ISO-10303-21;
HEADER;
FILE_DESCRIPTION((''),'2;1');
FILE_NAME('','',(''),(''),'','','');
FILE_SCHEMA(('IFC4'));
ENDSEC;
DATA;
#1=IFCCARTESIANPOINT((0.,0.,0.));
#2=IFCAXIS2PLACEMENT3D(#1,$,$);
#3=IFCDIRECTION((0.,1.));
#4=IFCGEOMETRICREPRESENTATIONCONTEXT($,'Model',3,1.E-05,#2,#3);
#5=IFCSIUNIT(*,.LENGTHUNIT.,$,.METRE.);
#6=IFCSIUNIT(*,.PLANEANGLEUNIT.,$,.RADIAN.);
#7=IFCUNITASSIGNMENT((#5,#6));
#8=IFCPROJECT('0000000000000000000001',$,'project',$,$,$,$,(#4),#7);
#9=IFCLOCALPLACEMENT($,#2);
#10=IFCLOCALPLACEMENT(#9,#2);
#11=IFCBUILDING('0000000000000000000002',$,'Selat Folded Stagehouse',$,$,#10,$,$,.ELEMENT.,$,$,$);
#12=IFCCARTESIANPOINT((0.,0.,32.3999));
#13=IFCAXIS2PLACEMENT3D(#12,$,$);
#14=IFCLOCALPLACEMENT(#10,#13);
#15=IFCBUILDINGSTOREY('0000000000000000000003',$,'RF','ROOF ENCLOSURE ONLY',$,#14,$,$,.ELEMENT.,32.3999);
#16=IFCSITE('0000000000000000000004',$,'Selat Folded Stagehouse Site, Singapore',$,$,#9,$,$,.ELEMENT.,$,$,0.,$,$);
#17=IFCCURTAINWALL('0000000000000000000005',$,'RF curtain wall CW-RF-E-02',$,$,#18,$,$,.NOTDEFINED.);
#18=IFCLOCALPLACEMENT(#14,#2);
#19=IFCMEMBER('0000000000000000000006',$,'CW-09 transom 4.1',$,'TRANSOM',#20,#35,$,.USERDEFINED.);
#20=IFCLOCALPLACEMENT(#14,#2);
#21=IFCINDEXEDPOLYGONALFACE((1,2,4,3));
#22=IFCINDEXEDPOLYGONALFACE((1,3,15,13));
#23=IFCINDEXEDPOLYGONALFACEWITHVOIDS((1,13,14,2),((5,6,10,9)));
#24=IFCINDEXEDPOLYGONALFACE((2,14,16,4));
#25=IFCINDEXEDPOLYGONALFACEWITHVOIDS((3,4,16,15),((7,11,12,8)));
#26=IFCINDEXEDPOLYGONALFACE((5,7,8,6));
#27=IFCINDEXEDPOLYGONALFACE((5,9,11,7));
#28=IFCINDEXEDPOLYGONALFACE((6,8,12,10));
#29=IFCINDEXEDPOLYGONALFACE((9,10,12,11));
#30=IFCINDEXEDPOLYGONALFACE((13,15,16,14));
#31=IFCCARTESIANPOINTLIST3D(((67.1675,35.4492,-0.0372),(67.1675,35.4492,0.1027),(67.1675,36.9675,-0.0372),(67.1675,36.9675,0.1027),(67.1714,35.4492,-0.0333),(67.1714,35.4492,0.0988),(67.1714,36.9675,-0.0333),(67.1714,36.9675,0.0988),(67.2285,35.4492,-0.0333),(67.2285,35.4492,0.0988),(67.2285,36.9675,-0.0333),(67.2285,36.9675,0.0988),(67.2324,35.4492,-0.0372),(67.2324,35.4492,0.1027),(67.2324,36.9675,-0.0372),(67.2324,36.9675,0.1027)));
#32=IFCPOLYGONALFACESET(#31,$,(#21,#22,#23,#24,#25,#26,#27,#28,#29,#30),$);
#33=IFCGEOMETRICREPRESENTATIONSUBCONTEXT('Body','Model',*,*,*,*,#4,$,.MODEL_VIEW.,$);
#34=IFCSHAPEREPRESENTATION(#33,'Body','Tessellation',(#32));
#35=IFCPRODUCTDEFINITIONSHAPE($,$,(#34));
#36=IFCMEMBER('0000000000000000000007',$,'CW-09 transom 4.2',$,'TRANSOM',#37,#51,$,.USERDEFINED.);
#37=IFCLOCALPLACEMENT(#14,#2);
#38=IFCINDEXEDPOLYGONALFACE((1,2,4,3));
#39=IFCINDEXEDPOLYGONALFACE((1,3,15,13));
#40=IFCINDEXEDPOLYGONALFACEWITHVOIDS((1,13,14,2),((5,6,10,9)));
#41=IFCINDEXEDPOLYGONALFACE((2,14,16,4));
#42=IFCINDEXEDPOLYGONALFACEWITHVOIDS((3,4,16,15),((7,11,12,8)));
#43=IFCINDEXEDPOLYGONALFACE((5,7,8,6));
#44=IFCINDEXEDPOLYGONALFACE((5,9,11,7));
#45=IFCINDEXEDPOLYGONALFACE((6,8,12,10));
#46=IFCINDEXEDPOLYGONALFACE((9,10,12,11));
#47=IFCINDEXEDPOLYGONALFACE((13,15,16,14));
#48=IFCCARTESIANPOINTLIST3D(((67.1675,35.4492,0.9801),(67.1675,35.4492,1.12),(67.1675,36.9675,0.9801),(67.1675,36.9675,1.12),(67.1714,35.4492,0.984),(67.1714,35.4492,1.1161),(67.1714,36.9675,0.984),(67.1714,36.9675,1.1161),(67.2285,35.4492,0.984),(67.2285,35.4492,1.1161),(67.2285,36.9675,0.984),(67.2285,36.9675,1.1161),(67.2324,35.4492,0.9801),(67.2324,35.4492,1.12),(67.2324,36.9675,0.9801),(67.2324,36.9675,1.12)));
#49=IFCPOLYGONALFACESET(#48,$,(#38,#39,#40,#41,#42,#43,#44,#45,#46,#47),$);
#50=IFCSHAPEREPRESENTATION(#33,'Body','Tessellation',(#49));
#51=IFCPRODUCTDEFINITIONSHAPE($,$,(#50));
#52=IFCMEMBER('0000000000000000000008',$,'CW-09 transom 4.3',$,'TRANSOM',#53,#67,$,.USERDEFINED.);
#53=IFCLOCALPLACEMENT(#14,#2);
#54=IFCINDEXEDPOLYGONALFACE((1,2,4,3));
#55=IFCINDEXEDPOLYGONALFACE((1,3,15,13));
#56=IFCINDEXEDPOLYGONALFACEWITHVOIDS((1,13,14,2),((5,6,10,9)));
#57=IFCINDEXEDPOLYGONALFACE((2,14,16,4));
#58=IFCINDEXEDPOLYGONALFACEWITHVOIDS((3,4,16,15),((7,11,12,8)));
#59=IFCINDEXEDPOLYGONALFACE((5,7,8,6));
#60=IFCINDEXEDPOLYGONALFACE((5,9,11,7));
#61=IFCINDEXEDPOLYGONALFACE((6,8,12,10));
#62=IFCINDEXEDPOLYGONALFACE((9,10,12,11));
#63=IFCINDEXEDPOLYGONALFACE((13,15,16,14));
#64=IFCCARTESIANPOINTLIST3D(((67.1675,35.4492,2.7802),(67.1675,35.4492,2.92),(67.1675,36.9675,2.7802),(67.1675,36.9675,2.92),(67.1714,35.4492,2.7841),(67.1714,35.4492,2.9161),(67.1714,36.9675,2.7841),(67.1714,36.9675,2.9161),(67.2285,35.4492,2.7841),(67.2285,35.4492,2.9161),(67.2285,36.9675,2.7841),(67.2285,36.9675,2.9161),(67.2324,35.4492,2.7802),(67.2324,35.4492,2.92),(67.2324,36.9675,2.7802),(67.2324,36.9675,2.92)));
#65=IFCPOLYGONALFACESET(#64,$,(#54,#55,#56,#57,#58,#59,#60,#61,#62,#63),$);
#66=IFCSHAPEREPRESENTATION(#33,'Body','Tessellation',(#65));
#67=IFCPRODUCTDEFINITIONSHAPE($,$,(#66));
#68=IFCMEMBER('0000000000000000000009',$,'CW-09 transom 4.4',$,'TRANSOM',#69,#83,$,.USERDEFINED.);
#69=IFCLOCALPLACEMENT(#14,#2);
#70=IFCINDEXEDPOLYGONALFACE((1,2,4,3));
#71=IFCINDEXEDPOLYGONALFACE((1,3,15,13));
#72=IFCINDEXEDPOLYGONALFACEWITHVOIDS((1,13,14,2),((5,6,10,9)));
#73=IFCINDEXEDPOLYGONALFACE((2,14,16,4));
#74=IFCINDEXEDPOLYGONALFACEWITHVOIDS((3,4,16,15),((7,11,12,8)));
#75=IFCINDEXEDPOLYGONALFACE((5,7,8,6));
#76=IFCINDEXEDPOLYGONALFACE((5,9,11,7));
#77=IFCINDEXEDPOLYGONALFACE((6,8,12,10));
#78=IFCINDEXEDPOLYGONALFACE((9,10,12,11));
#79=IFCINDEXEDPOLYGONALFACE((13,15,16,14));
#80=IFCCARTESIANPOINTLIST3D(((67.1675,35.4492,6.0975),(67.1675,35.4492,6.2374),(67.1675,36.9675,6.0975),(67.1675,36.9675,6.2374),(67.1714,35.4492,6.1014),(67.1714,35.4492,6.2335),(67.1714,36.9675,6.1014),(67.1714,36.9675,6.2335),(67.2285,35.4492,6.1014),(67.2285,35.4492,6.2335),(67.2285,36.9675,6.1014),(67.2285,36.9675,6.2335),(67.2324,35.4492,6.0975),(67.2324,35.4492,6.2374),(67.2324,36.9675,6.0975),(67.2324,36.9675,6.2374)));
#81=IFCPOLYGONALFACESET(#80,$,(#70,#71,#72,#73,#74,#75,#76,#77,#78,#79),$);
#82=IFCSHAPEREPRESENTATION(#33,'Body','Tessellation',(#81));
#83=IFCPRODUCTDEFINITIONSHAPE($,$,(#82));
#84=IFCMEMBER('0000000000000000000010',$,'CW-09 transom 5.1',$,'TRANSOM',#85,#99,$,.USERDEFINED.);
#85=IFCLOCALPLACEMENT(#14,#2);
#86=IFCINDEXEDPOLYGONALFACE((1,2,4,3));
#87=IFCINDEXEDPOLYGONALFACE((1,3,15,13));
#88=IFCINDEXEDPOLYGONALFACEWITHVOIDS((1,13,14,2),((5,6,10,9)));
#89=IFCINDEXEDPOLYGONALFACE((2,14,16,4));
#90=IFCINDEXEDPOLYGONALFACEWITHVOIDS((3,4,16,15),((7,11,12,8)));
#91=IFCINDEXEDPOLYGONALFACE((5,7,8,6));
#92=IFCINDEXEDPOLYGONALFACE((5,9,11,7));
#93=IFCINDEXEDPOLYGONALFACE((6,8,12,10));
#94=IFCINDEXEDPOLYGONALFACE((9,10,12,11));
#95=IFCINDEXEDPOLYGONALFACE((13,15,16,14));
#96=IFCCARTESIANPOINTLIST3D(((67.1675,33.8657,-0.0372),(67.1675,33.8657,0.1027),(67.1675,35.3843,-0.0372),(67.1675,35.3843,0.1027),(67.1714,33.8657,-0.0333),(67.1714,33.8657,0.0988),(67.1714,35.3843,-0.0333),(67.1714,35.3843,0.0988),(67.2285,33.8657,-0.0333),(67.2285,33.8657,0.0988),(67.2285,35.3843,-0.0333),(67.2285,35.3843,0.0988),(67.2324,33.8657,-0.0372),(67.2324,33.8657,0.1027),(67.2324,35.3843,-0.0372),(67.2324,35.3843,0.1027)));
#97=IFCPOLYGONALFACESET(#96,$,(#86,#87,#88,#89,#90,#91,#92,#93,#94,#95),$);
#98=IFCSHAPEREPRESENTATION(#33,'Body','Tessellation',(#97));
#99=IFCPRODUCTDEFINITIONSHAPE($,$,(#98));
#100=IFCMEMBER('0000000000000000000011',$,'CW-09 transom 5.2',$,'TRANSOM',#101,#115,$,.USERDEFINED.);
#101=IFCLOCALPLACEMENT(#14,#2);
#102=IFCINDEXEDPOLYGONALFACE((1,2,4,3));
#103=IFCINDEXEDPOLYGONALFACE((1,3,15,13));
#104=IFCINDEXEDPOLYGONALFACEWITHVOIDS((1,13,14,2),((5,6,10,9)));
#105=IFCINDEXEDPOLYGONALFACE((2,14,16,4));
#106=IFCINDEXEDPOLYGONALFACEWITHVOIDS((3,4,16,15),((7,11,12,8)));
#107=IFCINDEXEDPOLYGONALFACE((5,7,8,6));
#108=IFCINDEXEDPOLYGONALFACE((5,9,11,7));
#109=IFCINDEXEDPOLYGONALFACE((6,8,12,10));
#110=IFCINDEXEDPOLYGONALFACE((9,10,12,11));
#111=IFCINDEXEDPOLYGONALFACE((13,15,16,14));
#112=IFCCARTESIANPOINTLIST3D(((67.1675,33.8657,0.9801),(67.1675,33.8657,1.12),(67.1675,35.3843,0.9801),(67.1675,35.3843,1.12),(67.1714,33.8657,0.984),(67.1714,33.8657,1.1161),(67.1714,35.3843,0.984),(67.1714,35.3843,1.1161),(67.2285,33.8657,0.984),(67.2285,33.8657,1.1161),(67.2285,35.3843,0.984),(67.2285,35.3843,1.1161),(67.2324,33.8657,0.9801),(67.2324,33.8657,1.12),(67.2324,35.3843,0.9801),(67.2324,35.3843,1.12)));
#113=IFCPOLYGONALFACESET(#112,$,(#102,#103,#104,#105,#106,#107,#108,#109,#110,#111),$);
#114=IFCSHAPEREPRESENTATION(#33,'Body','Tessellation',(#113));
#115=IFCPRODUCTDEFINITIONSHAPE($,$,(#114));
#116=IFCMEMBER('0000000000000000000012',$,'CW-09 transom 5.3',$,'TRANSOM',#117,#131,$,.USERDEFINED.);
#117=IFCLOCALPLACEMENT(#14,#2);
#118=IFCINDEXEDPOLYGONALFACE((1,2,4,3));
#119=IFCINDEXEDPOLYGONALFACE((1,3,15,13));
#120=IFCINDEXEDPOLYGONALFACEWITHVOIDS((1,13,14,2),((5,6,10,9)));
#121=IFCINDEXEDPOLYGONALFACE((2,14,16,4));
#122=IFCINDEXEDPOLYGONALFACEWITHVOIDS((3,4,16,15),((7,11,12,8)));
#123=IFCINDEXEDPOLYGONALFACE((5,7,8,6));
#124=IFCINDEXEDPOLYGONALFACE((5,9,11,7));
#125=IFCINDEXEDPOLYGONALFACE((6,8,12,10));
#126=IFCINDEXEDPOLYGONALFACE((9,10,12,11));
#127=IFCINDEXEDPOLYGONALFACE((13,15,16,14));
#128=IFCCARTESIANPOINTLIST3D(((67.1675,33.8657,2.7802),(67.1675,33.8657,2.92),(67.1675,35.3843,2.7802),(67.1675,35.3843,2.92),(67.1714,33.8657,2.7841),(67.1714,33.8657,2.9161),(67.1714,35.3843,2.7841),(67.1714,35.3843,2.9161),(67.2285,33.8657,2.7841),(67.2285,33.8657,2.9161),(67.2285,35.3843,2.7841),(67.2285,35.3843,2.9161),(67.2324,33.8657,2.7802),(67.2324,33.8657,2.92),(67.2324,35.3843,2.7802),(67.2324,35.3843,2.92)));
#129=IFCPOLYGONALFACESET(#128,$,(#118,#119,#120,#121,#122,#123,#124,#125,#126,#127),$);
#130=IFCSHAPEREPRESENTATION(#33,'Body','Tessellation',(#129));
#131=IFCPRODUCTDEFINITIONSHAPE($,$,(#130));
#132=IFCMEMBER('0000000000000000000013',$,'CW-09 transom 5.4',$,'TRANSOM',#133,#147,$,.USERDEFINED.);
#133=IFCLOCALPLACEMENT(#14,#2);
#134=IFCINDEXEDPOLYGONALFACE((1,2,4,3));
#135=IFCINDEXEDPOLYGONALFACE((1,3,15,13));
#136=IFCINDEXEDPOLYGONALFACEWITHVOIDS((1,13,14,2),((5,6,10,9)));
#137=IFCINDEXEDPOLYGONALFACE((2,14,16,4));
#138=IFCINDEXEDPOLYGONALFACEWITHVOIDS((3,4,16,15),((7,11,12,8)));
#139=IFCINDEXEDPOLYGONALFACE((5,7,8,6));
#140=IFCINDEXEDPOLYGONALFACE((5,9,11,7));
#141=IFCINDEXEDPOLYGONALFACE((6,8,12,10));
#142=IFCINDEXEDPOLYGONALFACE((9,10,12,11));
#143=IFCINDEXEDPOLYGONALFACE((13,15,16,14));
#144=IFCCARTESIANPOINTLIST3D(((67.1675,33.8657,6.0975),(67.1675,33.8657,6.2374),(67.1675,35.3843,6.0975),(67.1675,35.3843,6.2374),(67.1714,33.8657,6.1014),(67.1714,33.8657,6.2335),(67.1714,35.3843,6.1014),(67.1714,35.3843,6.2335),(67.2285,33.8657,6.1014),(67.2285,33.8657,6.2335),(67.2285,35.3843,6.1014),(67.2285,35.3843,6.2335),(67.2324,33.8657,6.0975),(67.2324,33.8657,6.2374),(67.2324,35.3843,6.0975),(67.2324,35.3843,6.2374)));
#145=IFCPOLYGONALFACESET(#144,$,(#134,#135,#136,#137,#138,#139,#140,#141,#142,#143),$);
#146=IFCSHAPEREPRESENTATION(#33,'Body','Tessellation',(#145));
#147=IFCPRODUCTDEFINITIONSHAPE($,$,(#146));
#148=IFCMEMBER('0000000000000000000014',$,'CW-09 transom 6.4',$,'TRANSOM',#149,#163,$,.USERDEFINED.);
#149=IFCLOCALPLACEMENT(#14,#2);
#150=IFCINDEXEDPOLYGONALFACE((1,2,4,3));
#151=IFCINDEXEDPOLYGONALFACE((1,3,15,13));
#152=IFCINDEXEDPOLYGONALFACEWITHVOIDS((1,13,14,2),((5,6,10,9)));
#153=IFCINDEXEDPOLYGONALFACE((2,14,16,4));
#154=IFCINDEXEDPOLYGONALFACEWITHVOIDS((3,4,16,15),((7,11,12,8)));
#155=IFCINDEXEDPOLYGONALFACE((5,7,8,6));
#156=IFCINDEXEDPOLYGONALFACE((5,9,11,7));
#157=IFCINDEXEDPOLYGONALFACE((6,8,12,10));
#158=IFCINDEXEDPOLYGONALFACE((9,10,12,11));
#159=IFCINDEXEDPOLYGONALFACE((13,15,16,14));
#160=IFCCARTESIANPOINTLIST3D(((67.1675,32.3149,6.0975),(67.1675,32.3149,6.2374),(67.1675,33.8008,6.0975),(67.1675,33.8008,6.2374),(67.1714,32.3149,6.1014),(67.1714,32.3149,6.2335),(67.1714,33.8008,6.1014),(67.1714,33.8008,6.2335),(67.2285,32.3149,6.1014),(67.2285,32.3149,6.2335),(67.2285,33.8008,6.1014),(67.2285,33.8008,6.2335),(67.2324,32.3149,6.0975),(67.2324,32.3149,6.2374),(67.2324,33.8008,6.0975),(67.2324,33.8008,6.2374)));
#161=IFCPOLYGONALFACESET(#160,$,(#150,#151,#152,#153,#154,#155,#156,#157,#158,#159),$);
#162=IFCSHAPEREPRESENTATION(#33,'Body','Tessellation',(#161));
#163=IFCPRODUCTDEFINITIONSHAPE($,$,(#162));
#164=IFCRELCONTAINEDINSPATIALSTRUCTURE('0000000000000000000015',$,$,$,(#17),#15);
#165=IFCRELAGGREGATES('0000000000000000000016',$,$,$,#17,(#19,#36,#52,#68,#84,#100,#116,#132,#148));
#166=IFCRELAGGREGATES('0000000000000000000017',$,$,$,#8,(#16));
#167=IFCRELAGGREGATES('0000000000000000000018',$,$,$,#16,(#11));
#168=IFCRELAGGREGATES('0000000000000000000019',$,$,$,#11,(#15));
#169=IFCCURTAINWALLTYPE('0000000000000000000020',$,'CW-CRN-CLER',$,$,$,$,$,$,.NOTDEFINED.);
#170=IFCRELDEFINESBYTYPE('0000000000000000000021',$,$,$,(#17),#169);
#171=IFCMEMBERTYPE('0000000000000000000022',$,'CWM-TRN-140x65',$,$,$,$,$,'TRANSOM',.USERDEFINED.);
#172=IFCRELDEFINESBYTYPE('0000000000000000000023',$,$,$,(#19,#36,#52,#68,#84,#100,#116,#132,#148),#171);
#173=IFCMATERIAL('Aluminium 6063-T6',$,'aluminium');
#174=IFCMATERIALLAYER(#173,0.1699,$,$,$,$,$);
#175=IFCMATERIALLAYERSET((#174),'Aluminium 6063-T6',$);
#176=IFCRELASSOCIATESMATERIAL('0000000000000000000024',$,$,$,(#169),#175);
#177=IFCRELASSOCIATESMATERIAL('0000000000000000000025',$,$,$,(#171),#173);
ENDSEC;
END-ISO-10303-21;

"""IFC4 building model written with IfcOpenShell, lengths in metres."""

from ifc_helpers import new_model, si_unit, direction, frame, origin, origin_2d, place, context, subcontext, project, spatial, hollow_rectangle, extrude, material, layer, layer_set, material_profile, profile_set, type_object, element, aggregate, save


model = new_model("IFC4")

# Units and contexts
model_context = context("Model", 3, precision=1e-05, world=origin(), true_north=direction((0.0, 1.0)))
body_context = subcontext(model_context, "Body", "Model", "MODEL_VIEW")
ifc_project = project(units=[si_unit("LENGTHUNIT", "METRE"), si_unit("PLANEANGLEUNIT", "RADIAN")], contexts=[model_context])

# Site, building, storey
site_placement = place(None, origin())
site = spatial("IfcSite", under=ifc_project, at=site_placement, Name="Selat Folded Stagehouse Site, Singapore", CompositionType="ELEMENT", RefElevation=0.0)
building_placement = place(site_placement, origin())
building = spatial("IfcBuilding", under=site, at=building_placement, Name="Selat Folded Stagehouse", CompositionType="ELEMENT")
storey_placement = place(building_placement, frame((0.0, 0.0, 32.3999)))
storey = spatial("IfcBuildingStorey", under=building, at=storey_placement, Name="RF", Description="ROOF ENCLOSURE ONLY", CompositionType="ELEMENT", Elevation=32.3999)

# Curtain wall, members
ifc_material_1 = material(Name="Aluminium 6063-T6", Category="aluminium")
ifc_layer_1 = layer(ifc_material_1, 0.1699)
ifc_layer_set_1 = layer_set([ifc_layer_1], Name="Aluminium 6063-T6")
curtain_wall_type = type_object("IfcCurtainWallType", Name="CW-CRN-CLER", PredefinedType="NOTDEFINED", material=ifc_layer_set_1)
curtain_wall_placement = place(storey_placement, origin())
curtain_wall = element("IfcCurtainWall", 1, at=curtain_wall_placement, inside=storey, type_object=curtain_wall_type, Name="RF curtain wall CW-RF-E-02", PredefinedType="NOTDEFINED")
ifc_material_profile_1 = material_profile(ifc_material_1, hollow_rectangle(XDim=0.0649, YDim=0.1399, WallThickness=0.0039, at=origin_2d()), Name="ALU 140x65x4.0")
ifc_profile_set_1 = profile_set([ifc_material_profile_1], Name="Aluminium 6063-T6")
member_type_1 = type_object("IfcMemberType", Name="CWM-TRN-140x65", ElementType="TRANSOM", PredefinedType="USERDEFINED", material=ifc_profile_set_1)
member_1_placement = place(storey_placement, frame((67.2, 36.9675, 0.0327), z_axis=(0.0, -1.0, 0.0), x_axis=(1.0, 0.0, 0.0)))
member_1 = element("IfcMember", 2, at=member_1_placement, type_object=member_type_1, Name="CW-09 transom 4.1", ObjectType="TRANSOM", PredefinedType="USERDEFINED", context=body_context, shape_type="SweptSolid", body=[
    extrude(hollow_rectangle(XDim=0.0649, YDim=0.1399, WallThickness=0.0039, at=origin_2d()), origin(), (0.0, 0.0, 1.0), 1.5183),
])
member_2_placement = place(storey_placement, frame((67.2, 36.9675, 1.05), z_axis=(0.0, -1.0, 0.0), x_axis=(1.0, 0.0, 0.0)))
member_2 = element("IfcMember", 3, at=member_2_placement, type_object=member_type_1, Name="CW-09 transom 4.2", ObjectType="TRANSOM", PredefinedType="USERDEFINED", context=body_context, shape_type="SweptSolid", body=[
    extrude(hollow_rectangle(XDim=0.0649, YDim=0.1399, WallThickness=0.0039, at=origin_2d()), origin(), (0.0, 0.0, 1.0), 1.5183),
])
member_3_placement = place(storey_placement, frame((67.2, 36.9675, 2.8501), z_axis=(0.0, -1.0, 0.0), x_axis=(1.0, 0.0, 0.0)))
member_3 = element("IfcMember", 4, at=member_3_placement, type_object=member_type_1, Name="CW-09 transom 4.3", ObjectType="TRANSOM", PredefinedType="USERDEFINED", context=body_context, shape_type="SweptSolid", body=[
    extrude(hollow_rectangle(XDim=0.0649, YDim=0.1399, WallThickness=0.0039, at=origin_2d()), origin(), (0.0, 0.0, 1.0), 1.5183),
])
member_4_placement = place(storey_placement, frame((67.2, 36.9675, 6.1675), z_axis=(0.0, -1.0, 0.0), x_axis=(1.0, 0.0, 0.0)))
member_4 = element("IfcMember", 5, at=member_4_placement, type_object=member_type_1, Name="CW-09 transom 4.4", ObjectType="TRANSOM", PredefinedType="USERDEFINED", context=body_context, shape_type="SweptSolid", body=[
    extrude(hollow_rectangle(XDim=0.0649, YDim=0.1399, WallThickness=0.0039, at=origin_2d()), origin(), (0.0, 0.0, 1.0), 1.5183),
])
member_5_placement = place(storey_placement, frame((67.2, 35.3843, 0.0327), z_axis=(0.0, -1.0, 0.0), x_axis=(1.0, 0.0, 0.0)))
member_5 = element("IfcMember", 6, at=member_5_placement, type_object=member_type_1, Name="CW-09 transom 5.1", ObjectType="TRANSOM", PredefinedType="USERDEFINED", context=body_context, shape_type="SweptSolid", body=[
    extrude(hollow_rectangle(XDim=0.0649, YDim=0.1399, WallThickness=0.0039, at=origin_2d()), origin(), (0.0, 0.0, 1.0), 1.5186),
])
member_6_placement = place(storey_placement, frame((67.2, 35.3843, 1.05), z_axis=(0.0, -1.0, 0.0), x_axis=(1.0, 0.0, 0.0)))
member_6 = element("IfcMember", 7, at=member_6_placement, type_object=member_type_1, Name="CW-09 transom 5.2", ObjectType="TRANSOM", PredefinedType="USERDEFINED", context=body_context, shape_type="SweptSolid", body=[
    extrude(hollow_rectangle(XDim=0.0649, YDim=0.1399, WallThickness=0.0039, at=origin_2d()), origin(), (0.0, 0.0, 1.0), 1.5186),
])
member_7_placement = place(storey_placement, frame((67.2, 35.3843, 2.8501), z_axis=(0.0, -1.0, 0.0), x_axis=(1.0, 0.0, 0.0)))
member_7 = element("IfcMember", 8, at=member_7_placement, type_object=member_type_1, Name="CW-09 transom 5.3", ObjectType="TRANSOM", PredefinedType="USERDEFINED", context=body_context, shape_type="SweptSolid", body=[
    extrude(hollow_rectangle(XDim=0.0649, YDim=0.1399, WallThickness=0.0039, at=origin_2d()), origin(), (0.0, 0.0, 1.0), 1.5186),
])
member_8_placement = place(storey_placement, frame((67.2, 35.3843, 6.1675), z_axis=(0.0, -1.0, 0.0), x_axis=(1.0, 0.0, 0.0)))
member_8 = element("IfcMember", 9, at=member_8_placement, type_object=member_type_1, Name="CW-09 transom 5.4", ObjectType="TRANSOM", PredefinedType="USERDEFINED", context=body_context, shape_type="SweptSolid", body=[
    extrude(hollow_rectangle(XDim=0.0649, YDim=0.1399, WallThickness=0.0039, at=origin_2d()), origin(), (0.0, 0.0, 1.0), 1.5186),
])
member_9_placement = place(storey_placement, frame((67.2, 33.8008, 6.1675), z_axis=(0.0, -1.0, 0.0), x_axis=(1.0, 0.0, 0.0)))
member_9 = element("IfcMember", 10, at=member_9_placement, type_object=member_type_1, Name="CW-09 transom 6.4", ObjectType="TRANSOM", PredefinedType="USERDEFINED", context=body_context, shape_type="SweptSolid", body=[
    extrude(hollow_rectangle(XDim=0.0649, YDim=0.1399, WallThickness=0.0039, at=origin_2d()), origin(), (0.0, 0.0, 1.0), 1.4858),
])

aggregate(curtain_wall, [member_1, member_2, member_3, member_4, member_5, member_6, member_7, member_8, member_9])

save(model, "model.ifc")
